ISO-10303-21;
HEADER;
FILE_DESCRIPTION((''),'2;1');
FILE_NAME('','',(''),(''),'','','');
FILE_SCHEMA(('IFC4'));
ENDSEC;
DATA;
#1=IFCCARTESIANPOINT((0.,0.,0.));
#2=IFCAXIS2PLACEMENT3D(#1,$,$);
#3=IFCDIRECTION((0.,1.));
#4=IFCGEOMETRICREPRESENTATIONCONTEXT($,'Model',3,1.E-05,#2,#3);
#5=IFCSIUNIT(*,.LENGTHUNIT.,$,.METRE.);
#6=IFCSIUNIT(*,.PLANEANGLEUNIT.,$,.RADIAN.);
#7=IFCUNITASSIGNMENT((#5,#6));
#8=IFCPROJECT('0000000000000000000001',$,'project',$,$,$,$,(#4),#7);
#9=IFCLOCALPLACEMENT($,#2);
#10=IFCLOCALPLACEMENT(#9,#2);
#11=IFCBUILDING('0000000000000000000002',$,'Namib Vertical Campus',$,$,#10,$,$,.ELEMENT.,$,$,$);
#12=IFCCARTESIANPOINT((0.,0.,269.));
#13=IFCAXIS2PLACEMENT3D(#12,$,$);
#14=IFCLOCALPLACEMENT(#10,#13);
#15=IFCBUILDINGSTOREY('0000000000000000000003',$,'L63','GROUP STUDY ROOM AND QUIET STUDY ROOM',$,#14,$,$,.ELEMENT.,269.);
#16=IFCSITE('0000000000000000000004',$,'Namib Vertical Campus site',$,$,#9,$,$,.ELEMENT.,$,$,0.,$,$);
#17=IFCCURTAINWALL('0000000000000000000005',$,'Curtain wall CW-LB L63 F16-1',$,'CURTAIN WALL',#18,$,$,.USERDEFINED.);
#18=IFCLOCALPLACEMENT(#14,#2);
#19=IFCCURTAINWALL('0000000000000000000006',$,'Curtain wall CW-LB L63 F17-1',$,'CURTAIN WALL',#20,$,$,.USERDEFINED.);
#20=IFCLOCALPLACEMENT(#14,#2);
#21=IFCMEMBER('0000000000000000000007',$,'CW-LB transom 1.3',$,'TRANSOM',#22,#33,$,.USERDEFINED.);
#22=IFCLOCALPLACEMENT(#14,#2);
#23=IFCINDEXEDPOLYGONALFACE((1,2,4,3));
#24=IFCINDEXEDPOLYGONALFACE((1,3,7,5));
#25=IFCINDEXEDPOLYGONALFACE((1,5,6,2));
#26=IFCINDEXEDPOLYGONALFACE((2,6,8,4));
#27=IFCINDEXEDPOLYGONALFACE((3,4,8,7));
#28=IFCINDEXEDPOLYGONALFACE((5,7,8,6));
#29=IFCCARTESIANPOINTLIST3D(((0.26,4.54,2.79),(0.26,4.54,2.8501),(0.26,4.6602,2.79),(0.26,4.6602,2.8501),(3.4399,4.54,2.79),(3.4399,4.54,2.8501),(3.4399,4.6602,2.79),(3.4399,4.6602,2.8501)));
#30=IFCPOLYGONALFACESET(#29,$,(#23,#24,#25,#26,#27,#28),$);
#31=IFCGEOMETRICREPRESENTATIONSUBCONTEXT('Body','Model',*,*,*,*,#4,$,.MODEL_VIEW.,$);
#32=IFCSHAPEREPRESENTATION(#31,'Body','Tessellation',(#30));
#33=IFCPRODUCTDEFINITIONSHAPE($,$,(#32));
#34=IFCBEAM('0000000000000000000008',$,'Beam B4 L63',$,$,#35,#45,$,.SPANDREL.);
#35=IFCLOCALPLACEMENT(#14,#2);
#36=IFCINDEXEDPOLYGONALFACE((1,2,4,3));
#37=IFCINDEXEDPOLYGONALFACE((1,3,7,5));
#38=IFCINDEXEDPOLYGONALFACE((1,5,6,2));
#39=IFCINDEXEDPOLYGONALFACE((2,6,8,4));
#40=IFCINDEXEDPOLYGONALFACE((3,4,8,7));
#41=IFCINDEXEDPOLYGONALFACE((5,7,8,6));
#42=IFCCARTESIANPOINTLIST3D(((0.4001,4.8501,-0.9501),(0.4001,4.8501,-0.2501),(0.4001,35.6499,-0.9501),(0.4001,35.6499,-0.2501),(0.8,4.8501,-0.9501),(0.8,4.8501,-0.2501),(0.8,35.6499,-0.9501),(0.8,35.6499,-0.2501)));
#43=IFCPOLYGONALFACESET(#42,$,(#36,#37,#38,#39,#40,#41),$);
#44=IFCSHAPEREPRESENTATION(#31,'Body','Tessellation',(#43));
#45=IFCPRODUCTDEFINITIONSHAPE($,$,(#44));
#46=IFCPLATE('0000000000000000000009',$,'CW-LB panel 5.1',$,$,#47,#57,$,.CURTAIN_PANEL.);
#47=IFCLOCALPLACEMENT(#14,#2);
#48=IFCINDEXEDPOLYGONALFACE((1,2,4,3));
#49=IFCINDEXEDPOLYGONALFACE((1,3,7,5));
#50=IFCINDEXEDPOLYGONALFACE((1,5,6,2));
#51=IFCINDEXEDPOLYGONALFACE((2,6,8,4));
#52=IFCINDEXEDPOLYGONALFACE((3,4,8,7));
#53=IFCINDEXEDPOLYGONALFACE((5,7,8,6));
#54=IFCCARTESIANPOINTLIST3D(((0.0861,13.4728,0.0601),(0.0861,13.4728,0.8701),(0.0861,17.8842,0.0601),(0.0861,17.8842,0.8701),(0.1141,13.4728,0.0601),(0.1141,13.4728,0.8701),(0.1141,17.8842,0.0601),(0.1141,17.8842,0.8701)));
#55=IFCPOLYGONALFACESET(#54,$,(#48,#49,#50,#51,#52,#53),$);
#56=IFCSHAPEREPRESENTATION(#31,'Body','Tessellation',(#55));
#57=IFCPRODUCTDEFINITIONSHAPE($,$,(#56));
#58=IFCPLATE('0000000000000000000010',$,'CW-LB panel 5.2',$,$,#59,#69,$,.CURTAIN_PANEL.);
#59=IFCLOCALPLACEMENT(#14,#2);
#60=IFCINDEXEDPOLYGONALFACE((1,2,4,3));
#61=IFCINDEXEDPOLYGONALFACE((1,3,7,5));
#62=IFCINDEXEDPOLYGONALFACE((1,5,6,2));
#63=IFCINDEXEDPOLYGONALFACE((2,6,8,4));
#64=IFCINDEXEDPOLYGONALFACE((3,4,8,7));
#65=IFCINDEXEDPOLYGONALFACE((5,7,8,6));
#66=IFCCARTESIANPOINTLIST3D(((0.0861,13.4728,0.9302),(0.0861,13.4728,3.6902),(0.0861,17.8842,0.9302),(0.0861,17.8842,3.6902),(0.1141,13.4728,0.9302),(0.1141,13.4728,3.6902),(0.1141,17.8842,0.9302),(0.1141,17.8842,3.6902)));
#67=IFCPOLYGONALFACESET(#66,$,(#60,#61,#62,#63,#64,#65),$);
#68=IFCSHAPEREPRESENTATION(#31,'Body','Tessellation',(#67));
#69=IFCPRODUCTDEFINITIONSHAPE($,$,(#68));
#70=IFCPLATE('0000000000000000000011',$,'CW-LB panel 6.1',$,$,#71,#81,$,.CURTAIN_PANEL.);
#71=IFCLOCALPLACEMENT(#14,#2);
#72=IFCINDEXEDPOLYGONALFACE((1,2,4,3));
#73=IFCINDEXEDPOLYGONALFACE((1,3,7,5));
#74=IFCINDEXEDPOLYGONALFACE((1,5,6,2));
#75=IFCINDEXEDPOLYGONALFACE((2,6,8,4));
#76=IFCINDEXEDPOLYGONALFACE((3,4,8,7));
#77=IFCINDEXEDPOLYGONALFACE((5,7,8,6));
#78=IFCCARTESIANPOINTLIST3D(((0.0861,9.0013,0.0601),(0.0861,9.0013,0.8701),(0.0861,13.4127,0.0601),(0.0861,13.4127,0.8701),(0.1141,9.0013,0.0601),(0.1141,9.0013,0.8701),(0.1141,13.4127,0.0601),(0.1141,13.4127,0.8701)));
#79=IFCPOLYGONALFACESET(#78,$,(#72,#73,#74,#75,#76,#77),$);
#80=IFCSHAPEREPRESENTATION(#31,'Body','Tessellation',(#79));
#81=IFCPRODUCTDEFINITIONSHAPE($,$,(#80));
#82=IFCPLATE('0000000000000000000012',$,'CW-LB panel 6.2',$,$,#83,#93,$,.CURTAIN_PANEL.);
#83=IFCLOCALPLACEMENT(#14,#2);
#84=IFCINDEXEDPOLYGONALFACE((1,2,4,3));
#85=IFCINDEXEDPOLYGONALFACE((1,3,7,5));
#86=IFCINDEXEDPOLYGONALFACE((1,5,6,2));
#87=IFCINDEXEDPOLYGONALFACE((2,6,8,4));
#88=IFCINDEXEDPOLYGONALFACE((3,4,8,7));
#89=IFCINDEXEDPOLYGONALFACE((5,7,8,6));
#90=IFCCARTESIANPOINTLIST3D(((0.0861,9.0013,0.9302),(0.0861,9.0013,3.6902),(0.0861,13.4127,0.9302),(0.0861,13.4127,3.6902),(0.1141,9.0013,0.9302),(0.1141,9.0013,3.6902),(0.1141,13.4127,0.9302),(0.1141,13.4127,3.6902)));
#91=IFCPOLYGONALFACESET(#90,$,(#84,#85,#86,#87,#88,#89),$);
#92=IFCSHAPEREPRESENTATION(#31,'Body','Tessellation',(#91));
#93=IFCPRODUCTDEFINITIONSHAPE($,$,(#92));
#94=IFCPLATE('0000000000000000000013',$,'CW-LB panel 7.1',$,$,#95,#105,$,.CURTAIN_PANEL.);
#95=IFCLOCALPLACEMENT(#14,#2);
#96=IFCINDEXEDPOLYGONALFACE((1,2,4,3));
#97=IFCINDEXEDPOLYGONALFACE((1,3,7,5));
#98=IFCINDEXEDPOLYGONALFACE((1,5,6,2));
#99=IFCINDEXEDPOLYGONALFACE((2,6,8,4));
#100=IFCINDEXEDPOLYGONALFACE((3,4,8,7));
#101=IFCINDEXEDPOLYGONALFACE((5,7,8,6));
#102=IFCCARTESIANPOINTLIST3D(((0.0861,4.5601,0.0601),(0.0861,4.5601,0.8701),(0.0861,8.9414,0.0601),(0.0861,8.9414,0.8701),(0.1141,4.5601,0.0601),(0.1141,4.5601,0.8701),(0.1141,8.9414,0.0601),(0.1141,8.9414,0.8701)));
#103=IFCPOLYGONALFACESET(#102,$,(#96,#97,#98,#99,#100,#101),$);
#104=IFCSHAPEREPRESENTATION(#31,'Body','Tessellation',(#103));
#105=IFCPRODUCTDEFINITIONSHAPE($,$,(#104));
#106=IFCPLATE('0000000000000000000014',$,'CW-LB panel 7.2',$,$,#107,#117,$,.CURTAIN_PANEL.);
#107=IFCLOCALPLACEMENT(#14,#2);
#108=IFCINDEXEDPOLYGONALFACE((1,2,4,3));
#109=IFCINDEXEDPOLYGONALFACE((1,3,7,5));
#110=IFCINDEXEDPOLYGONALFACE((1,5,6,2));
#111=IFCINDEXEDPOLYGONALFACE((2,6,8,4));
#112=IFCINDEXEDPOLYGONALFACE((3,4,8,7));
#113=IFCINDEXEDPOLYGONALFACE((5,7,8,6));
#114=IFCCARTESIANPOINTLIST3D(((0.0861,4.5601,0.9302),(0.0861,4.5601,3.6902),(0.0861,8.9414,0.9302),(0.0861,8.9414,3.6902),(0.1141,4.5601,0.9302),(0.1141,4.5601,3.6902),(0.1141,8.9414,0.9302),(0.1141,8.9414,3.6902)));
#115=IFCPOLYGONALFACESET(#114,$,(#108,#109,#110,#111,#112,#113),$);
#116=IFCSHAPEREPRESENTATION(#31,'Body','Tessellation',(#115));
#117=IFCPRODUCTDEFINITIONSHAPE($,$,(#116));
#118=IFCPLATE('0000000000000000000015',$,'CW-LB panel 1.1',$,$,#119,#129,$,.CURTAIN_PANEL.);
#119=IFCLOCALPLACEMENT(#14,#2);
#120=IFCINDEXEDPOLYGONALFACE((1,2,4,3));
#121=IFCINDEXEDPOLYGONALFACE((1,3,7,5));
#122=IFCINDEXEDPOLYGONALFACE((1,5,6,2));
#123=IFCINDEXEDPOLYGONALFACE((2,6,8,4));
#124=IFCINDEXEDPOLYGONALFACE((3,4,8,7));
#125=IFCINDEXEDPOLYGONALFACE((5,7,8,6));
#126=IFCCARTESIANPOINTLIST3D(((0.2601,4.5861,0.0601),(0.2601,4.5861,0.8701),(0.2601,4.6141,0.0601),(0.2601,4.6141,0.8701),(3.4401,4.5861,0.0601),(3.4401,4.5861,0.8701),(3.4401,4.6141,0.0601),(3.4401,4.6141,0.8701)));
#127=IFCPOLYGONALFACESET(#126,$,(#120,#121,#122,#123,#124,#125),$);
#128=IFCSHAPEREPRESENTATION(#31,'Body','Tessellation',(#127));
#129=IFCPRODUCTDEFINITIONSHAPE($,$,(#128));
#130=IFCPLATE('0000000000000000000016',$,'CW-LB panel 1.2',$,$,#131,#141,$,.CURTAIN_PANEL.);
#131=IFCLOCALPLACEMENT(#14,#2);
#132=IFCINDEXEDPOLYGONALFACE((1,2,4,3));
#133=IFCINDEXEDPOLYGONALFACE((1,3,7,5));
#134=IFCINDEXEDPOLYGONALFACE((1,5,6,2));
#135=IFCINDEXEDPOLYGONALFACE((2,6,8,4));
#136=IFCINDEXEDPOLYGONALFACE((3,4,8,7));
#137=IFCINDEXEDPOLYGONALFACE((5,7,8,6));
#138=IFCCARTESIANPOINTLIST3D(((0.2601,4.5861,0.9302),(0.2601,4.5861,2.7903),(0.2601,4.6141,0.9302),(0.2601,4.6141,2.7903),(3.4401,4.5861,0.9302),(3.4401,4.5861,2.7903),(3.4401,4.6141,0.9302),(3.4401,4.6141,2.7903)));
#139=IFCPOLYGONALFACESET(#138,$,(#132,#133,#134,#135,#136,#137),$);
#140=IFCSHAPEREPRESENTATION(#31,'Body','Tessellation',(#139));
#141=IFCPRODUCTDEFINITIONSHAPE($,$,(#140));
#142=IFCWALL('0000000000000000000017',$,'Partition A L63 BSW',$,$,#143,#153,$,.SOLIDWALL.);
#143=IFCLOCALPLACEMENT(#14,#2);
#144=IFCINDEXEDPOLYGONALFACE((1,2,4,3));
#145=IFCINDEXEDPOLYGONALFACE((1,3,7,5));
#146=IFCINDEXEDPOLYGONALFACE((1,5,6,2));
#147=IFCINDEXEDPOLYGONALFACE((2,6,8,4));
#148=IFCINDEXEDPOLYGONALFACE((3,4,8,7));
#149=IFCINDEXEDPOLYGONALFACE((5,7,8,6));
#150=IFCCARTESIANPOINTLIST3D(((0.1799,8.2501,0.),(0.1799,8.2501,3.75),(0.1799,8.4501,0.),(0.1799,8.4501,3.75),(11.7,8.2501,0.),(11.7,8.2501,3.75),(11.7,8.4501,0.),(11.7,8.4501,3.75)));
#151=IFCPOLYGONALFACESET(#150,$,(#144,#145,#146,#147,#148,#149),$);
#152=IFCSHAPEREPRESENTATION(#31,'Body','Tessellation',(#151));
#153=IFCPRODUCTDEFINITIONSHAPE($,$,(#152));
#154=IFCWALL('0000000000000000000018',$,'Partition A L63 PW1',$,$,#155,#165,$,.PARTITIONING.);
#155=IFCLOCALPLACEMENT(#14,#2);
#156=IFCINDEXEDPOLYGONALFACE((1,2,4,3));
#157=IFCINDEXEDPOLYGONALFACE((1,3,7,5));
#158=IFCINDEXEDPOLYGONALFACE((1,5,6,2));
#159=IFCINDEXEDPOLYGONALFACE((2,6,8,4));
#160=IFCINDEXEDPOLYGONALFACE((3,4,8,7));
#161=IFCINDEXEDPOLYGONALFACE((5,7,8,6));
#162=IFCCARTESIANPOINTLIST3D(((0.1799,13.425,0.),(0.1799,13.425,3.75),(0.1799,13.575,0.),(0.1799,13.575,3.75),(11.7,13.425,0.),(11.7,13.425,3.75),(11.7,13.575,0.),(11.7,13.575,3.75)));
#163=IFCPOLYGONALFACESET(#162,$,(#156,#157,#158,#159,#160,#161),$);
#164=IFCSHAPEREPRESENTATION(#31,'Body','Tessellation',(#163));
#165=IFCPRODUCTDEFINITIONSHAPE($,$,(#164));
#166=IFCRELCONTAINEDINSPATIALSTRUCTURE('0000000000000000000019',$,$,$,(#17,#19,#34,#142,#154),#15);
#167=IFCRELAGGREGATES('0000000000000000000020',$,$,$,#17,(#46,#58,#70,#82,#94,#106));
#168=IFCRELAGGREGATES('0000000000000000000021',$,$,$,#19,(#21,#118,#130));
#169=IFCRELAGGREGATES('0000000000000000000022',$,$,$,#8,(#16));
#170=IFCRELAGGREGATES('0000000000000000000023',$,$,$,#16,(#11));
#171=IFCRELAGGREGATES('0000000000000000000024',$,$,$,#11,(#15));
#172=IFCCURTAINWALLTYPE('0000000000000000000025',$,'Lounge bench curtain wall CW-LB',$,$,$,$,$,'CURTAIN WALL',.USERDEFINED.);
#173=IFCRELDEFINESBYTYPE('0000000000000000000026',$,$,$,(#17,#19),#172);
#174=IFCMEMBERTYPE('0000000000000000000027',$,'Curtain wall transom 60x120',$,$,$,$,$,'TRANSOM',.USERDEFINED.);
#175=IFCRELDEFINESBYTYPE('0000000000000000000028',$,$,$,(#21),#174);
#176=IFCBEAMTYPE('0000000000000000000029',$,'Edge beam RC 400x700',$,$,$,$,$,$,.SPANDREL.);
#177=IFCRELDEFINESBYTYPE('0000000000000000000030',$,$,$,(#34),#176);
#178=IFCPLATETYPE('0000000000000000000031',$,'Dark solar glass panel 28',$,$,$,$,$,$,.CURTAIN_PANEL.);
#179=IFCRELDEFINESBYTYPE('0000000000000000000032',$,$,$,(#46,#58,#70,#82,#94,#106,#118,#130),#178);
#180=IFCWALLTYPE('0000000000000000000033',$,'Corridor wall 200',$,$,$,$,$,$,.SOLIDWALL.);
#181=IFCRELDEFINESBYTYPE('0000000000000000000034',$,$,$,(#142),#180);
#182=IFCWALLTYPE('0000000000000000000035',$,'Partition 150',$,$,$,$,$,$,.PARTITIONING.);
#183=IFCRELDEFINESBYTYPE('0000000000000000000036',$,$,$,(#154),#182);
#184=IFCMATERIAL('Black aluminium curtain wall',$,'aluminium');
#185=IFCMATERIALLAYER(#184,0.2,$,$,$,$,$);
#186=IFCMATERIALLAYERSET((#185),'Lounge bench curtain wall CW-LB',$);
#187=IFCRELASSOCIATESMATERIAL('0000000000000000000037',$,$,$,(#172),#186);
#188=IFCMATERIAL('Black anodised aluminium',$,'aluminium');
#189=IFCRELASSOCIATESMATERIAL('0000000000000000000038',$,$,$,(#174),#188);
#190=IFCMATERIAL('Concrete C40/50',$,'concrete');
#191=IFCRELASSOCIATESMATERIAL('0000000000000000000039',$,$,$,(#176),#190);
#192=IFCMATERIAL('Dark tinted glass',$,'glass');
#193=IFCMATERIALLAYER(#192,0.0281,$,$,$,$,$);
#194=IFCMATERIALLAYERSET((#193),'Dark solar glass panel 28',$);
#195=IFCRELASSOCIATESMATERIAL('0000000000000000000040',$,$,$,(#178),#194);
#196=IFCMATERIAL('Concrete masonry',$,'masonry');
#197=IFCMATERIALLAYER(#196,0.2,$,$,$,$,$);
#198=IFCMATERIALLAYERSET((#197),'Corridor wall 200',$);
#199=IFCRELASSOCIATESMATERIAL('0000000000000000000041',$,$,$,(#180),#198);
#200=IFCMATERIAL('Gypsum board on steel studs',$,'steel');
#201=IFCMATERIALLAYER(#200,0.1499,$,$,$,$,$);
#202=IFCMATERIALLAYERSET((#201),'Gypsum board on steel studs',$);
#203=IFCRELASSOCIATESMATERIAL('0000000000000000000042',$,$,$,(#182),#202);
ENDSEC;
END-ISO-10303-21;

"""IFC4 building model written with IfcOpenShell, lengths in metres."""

from ifc_helpers import new_model, si_unit, direction, frame, frame_2d, origin, origin_2d, place, context, subcontext, project, spatial, rectangle, extrude, material, layer, layer_set, material_profile, profile_set, type_object, element, aggregate, save


model = new_model("IFC4")

# Units and contexts
model_context = context("Model", 3, precision=1e-05, world=origin(), true_north=direction((0.0, 1.0)))
body_context = subcontext(model_context, "Body", "Model", "MODEL_VIEW")
ifc_project = project(units=[si_unit("LENGTHUNIT", "METRE"), si_unit("PLANEANGLEUNIT", "RADIAN")], contexts=[model_context])

# Site, building, storey
site_placement = place(None, origin())
site = spatial("IfcSite", under=ifc_project, at=site_placement, Name="Namib Vertical Campus site", CompositionType="ELEMENT", RefElevation=0.0)
building_placement = place(site_placement, origin())
building = spatial("IfcBuilding", under=site, at=building_placement, Name="Namib Vertical Campus", CompositionType="ELEMENT")
storey_placement = place(building_placement, frame((0.0, 0.0, 269.0)))
storey = spatial("IfcBuildingStorey", under=building, at=storey_placement, Name="L63", Description="GROUP STUDY ROOM AND QUIET STUDY ROOM", CompositionType="ELEMENT", Elevation=269.0)

# Curtain walls
ifc_material_1 = material(Name="Black aluminium curtain wall", Category="aluminium")
ifc_layer_1 = layer(ifc_material_1, 0.2)
ifc_layer_set_1 = layer_set([ifc_layer_1], Name="Lounge bench curtain wall CW-LB")
curtain_wall_type = type_object("IfcCurtainWallType", Name="Lounge bench curtain wall CW-LB", ElementType="CURTAIN WALL", PredefinedType="USERDEFINED", material=ifc_layer_set_1)
curtain_wall_1_placement = place(storey_placement, origin())
curtain_wall_1 = element("IfcCurtainWall", 1, at=curtain_wall_1_placement, inside=storey, type_object=curtain_wall_type, Name="Curtain wall CW-LB L63 F16-1", ObjectType="CURTAIN WALL", PredefinedType="USERDEFINED")
curtain_wall_2_placement = place(storey_placement, origin())
curtain_wall_2 = element("IfcCurtainWall", 2, at=curtain_wall_2_placement, inside=storey, type_object=curtain_wall_type, Name="Curtain wall CW-LB L63 F17-1", ObjectType="CURTAIN WALL", PredefinedType="USERDEFINED")

# Member
ifc_material_2 = material(Name="Black anodised aluminium", Category="aluminium")
ifc_material_profile_1 = material_profile(ifc_material_2, rectangle(XDim=0.0601, YDim=0.1201, at=origin_2d()))
ifc_profile_set_1 = profile_set([ifc_material_profile_1], Name="Black anodised aluminium")
member_type_1 = type_object("IfcMemberType", Name="Curtain wall transom 60x120", ElementType="TRANSOM", PredefinedType="USERDEFINED", material=ifc_profile_set_1)
member_1_placement = place(storey_placement, frame((0.26, 4.6001, 2.8201), z_axis=(1.0, 0.0, 0.0), x_axis=(0.0, 0.0, 1.0)))
member_1 = element("IfcMember", 3, at=member_1_placement, type_object=member_type_1, Name="CW-LB transom 1.3", ObjectType="TRANSOM", PredefinedType="USERDEFINED", context=body_context, shape_type="SweptSolid", body=[
    extrude(rectangle(XDim=0.0601, YDim=0.1201, at=origin_2d()), origin(), (0.0, 0.0, 1.0), 3.1799),
])

# Beam
ifc_material_3 = material(Name="Concrete C40/50", Category="concrete")
ifc_material_profile_2 = material_profile(ifc_material_3, rectangle(XDim=0.3999, YDim=0.7, at=origin_2d()))
ifc_profile_set_2 = profile_set([ifc_material_profile_2], Name="Concrete C40/50")
beam_type = type_object("IfcBeamType", Name="Edge beam RC 400x700", PredefinedType="SPANDREL", material=ifc_profile_set_2)
beam_placement = place(storey_placement, frame((0.6001, 4.8501, -0.6001), z_axis=(0.0, 1.0, 0.0), x_axis=(-1.0, 0.0, 0.0)))
element("IfcBeam", 4, at=beam_placement, inside=storey, type_object=beam_type, Name="Beam B4 L63", PredefinedType="SPANDREL", context=body_context, shape_type="SweptSolid", body=[
    extrude(rectangle(XDim=0.3999, YDim=0.7, at=origin_2d()), origin(), (0.0, 0.0, 1.0), 30.7998),
])

# Plates
ifc_material_4 = material(Name="Dark tinted glass", Category="glass")
ifc_layer_2 = layer(ifc_material_4, 0.0281)
ifc_layer_set_2 = layer_set([ifc_layer_2], Name="Dark solar glass panel 28")
plate_type = type_object("IfcPlateType", Name="Dark solar glass panel 28", PredefinedType="CURTAIN_PANEL", material=ifc_layer_set_2)
plate_1_placement = place(storey_placement, frame((0.1001, 15.6785, 0.0601), z_axis=(0.0, 0.0, 1.0), x_axis=(0.0, -1.0, 0.0)))
plate_1 = element("IfcPlate", 5, at=plate_1_placement, type_object=plate_type, Name="CW-LB panel 5.1", PredefinedType="CURTAIN_PANEL", context=body_context, shape_type="SweptSolid", body=[
    extrude(rectangle(XDim=4.4114, YDim=0.0281, at=origin_2d()), origin(), (0.0, 0.0, 1.0), 0.8101),
])
plate_2_placement = place(storey_placement, frame((0.1001, 15.6785, 0.9302), z_axis=(0.0, 0.0, 1.0), x_axis=(0.0, -1.0, 0.0)))
plate_2 = element("IfcPlate", 6, at=plate_2_placement, type_object=plate_type, Name="CW-LB panel 5.2", PredefinedType="CURTAIN_PANEL", context=body_context, shape_type="SweptSolid", body=[
    extrude(rectangle(XDim=4.4114, YDim=0.0281, at=origin_2d()), origin(), (0.0, 0.0, 1.0), 2.76),
])
plate_3_placement = place(storey_placement, frame((0.1001, 11.207, 0.0601), z_axis=(0.0, 0.0, 1.0), x_axis=(0.0, -1.0, 0.0)))
plate_3 = element("IfcPlate", 7, at=plate_3_placement, type_object=plate_type, Name="CW-LB panel 6.1", PredefinedType="CURTAIN_PANEL", context=body_context, shape_type="SweptSolid", body=[
    extrude(rectangle(XDim=4.4114, YDim=0.0281, at=origin_2d()), origin(), (0.0, 0.0, 1.0), 0.8101),
])
plate_4_placement = place(storey_placement, frame((0.1001, 11.207, 0.9302), z_axis=(0.0, 0.0, 1.0), x_axis=(0.0, -1.0, 0.0)))
plate_4 = element("IfcPlate", 8, at=plate_4_placement, type_object=plate_type, Name="CW-LB panel 6.2", PredefinedType="CURTAIN_PANEL", context=body_context, shape_type="SweptSolid", body=[
    extrude(rectangle(XDim=4.4114, YDim=0.0281, at=origin_2d()), origin(), (0.0, 0.0, 1.0), 2.76),
])
plate_5_placement = place(storey_placement, frame((0.1001, 6.7507, 0.0601), z_axis=(0.0, 0.0, 1.0), x_axis=(0.0, -1.0, 0.0)))
plate_5 = element("IfcPlate", 9, at=plate_5_placement, type_object=plate_type, Name="CW-LB panel 7.1", PredefinedType="CURTAIN_PANEL", context=body_context, shape_type="SweptSolid", body=[
    extrude(rectangle(XDim=4.3813, YDim=0.0281, at=origin_2d()), origin(), (0.0, 0.0, 1.0), 0.8101),
])
plate_6_placement = place(storey_placement, frame((0.1001, 6.7507, 0.9302), z_axis=(0.0, 0.0, 1.0), x_axis=(0.0, -1.0, 0.0)))
plate_6 = element("IfcPlate", 10, at=plate_6_placement, type_object=plate_type, Name="CW-LB panel 7.2", PredefinedType="CURTAIN_PANEL", context=body_context, shape_type="SweptSolid", body=[
    extrude(rectangle(XDim=4.3813, YDim=0.0281, at=origin_2d()), origin(), (0.0, 0.0, 1.0), 2.76),
])
aggregate(curtain_wall_1, [plate_1, plate_2, plate_3, plate_4, plate_5, plate_6])
plate_7_placement = place(storey_placement, frame((1.8501, 4.6001, 0.0601), z_axis=(0.0, 0.0, 1.0), x_axis=(1.0, 0.0, 0.0)))
plate_7 = element("IfcPlate", 11, at=plate_7_placement, type_object=plate_type, Name="CW-LB panel 1.1", PredefinedType="CURTAIN_PANEL", context=body_context, shape_type="SweptSolid", body=[
    extrude(rectangle(XDim=3.1799, YDim=0.0281, at=origin_2d()), origin(), (0.0, 0.0, 1.0), 0.8101),
])
plate_8_placement = place(storey_placement, frame((1.8501, 4.6001, 0.9302), z_axis=(0.0, 0.0, 1.0), x_axis=(1.0, 0.0, 0.0)))
plate_8 = element("IfcPlate", 12, at=plate_8_placement, type_object=plate_type, Name="CW-LB panel 1.2", PredefinedType="CURTAIN_PANEL", context=body_context, shape_type="SweptSolid", body=[
    extrude(rectangle(XDim=3.1799, YDim=0.0281, at=origin_2d()), origin(), (0.0, 0.0, 1.0), 1.8601),
])
aggregate(curtain_wall_2, [member_1, plate_7, plate_8])

# Walls
ifc_material_5 = material(Name="Concrete masonry", Category="masonry")
ifc_layer_3 = layer(ifc_material_5, 0.2)
ifc_layer_set_3 = layer_set([ifc_layer_3], Name="Corridor wall 200")
wall_type_1 = type_object("IfcWallType", Name="Corridor wall 200", PredefinedType="SOLIDWALL", material=ifc_layer_set_3)
wall_1_placement = place(storey_placement, frame((0.1799, 8.3501, 0.0), z_axis=(0.0, 0.0, 1.0), x_axis=(1.0, 0.0, 0.0)))
element("IfcWall", 13, at=wall_1_placement, inside=storey, type_object=wall_type_1, Name="Partition A L63 BSW", PredefinedType="SOLIDWALL", context=body_context, shape_type="SweptSolid", body=[
    extrude(rectangle(XDim=11.52, YDim=0.2, at=frame_2d((5.76, 0.0))), origin(), (0.0, 0.0, 1.0), 3.75),
])
ifc_material_6 = material(Name="Gypsum board on steel studs", Category="steel")
ifc_layer_4 = layer(ifc_material_6, 0.1499)
ifc_layer_set_4 = layer_set([ifc_layer_4], Name="Gypsum board on steel studs")
wall_type_2 = type_object("IfcWallType", Name="Partition 150", PredefinedType="PARTITIONING", material=ifc_layer_set_4)
wall_2_placement = place(storey_placement, frame((0.1799, 13.5, 0.0), z_axis=(0.0, 0.0, 1.0), x_axis=(1.0, 0.0, 0.0)))
element("IfcWall", 14, at=wall_2_placement, inside=storey, type_object=wall_type_2, Name="Partition A L63 PW1", PredefinedType="PARTITIONING", context=body_context, shape_type="SweptSolid", body=[
    extrude(rectangle(XDim=11.52, YDim=0.1499, at=frame_2d((5.76, 0.0))), origin(), (0.0, 0.0, 1.0), 3.75),
])

save(model, "model.ifc")
